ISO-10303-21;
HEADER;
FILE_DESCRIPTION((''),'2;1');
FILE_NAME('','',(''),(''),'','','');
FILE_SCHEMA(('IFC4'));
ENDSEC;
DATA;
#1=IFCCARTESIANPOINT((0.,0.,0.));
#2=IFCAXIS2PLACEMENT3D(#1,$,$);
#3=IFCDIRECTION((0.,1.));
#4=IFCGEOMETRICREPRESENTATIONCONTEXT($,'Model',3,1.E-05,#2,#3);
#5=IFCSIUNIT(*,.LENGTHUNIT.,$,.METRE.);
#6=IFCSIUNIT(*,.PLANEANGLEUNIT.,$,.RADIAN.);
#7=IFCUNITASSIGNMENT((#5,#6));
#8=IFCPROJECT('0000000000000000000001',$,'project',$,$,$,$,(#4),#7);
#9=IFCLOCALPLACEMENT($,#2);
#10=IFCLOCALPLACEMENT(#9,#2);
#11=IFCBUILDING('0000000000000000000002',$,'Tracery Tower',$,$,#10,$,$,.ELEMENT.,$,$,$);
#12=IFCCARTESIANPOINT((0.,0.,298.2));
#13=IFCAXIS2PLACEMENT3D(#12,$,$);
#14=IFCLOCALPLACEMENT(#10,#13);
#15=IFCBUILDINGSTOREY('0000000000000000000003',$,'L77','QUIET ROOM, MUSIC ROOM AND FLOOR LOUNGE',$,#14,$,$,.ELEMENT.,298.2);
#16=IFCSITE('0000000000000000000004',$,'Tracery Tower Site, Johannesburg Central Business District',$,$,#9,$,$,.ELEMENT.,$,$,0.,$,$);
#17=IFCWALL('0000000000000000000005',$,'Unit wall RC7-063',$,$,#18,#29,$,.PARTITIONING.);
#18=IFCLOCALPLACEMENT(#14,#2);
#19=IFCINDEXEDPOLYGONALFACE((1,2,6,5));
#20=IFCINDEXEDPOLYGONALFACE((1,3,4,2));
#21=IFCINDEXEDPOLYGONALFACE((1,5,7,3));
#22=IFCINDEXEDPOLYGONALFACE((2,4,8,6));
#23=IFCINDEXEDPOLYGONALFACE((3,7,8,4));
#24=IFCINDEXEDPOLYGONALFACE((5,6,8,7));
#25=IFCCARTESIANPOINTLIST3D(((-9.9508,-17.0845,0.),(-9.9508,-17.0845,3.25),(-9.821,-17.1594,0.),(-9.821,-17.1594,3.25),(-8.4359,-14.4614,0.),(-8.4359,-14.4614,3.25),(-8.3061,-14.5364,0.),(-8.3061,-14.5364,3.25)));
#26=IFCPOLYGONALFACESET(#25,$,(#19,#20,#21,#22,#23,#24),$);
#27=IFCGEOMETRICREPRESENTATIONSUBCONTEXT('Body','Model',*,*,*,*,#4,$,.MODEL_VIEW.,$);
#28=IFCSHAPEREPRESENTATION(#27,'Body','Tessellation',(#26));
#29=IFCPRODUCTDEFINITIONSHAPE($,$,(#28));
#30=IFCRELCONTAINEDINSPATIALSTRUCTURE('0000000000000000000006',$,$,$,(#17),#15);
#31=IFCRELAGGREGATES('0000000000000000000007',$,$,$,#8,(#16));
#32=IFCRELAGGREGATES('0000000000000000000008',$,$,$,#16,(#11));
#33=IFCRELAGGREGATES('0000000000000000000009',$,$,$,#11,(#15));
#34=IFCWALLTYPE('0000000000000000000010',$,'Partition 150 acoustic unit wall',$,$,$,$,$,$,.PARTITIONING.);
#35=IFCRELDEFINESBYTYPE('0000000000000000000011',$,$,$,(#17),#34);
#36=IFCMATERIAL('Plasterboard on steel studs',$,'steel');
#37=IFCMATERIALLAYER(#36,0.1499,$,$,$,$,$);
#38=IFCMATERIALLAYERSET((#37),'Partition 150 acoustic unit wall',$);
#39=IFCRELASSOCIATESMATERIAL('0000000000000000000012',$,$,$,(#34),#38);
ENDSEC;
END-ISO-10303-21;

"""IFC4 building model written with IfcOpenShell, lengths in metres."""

from ifc_helpers import new_model, si_unit, direction, frame, frame_2d, origin, place, context, subcontext, project, spatial, rectangle, extrude, material, layer, layer_set, type_object, element, save


model = new_model("IFC4")

# Units and contexts
model_context = context("Model", 3, precision=1e-05, world=origin(), true_north=direction((0.0, 1.0)))
body_context = subcontext(model_context, "Body", "Model", "MODEL_VIEW")
ifc_project = project(units=[si_unit("LENGTHUNIT", "METRE"), si_unit("PLANEANGLEUNIT", "RADIAN")], contexts=[model_context])

# Site, building, storey
site_placement = place(None, origin())
site = spatial("IfcSite", under=ifc_project, at=site_placement, Name="Tracery Tower Site, Johannesburg Central Business District", CompositionType="ELEMENT", RefElevation=0.0)
building_placement = place(site_placement, origin())
building = spatial("IfcBuilding", under=site, at=building_placement, Name="Tracery Tower", CompositionType="ELEMENT")
storey_placement = place(building_placement, frame((0.0, 0.0, 298.2)))
storey = spatial("IfcBuildingStorey", under=building, at=storey_placement, Name="L77", Description="QUIET ROOM, MUSIC ROOM AND FLOOR LOUNGE", CompositionType="ELEMENT", Elevation=298.2)

# Wall
ifc_material_1 = material(Name="Plasterboard on steel studs", Category="steel")
ifc_layer_1 = layer(ifc_material_1, 0.1499)
ifc_layer_set_1 = layer_set([ifc_layer_1], Name="Partition 150 acoustic unit wall")
wall_type_1 = type_object("IfcWallType", Name="Partition 150 acoustic unit wall", PredefinedType="PARTITIONING", material=ifc_layer_set_1)
wall_1_placement = place(storey_placement, frame((-9.886, -17.1221, 0.0), z_axis=(0.0, 0.0, 1.0), x_axis=(0.500118, 0.865957, 0.0)))
element("IfcWall", 1, at=wall_1_placement, inside=storey, type_object=wall_type_1, Name="Unit wall RC7-063", PredefinedType="PARTITIONING", context=body_context, shape_type="SweptSolid", body=[
    extrude(rectangle(XDim=3.0291, YDim=0.1499, at=frame_2d((1.5146, 0.0))), origin(), (0.0, 0.0, 1.0), 3.25),
])

save(model, "model.ifc")
